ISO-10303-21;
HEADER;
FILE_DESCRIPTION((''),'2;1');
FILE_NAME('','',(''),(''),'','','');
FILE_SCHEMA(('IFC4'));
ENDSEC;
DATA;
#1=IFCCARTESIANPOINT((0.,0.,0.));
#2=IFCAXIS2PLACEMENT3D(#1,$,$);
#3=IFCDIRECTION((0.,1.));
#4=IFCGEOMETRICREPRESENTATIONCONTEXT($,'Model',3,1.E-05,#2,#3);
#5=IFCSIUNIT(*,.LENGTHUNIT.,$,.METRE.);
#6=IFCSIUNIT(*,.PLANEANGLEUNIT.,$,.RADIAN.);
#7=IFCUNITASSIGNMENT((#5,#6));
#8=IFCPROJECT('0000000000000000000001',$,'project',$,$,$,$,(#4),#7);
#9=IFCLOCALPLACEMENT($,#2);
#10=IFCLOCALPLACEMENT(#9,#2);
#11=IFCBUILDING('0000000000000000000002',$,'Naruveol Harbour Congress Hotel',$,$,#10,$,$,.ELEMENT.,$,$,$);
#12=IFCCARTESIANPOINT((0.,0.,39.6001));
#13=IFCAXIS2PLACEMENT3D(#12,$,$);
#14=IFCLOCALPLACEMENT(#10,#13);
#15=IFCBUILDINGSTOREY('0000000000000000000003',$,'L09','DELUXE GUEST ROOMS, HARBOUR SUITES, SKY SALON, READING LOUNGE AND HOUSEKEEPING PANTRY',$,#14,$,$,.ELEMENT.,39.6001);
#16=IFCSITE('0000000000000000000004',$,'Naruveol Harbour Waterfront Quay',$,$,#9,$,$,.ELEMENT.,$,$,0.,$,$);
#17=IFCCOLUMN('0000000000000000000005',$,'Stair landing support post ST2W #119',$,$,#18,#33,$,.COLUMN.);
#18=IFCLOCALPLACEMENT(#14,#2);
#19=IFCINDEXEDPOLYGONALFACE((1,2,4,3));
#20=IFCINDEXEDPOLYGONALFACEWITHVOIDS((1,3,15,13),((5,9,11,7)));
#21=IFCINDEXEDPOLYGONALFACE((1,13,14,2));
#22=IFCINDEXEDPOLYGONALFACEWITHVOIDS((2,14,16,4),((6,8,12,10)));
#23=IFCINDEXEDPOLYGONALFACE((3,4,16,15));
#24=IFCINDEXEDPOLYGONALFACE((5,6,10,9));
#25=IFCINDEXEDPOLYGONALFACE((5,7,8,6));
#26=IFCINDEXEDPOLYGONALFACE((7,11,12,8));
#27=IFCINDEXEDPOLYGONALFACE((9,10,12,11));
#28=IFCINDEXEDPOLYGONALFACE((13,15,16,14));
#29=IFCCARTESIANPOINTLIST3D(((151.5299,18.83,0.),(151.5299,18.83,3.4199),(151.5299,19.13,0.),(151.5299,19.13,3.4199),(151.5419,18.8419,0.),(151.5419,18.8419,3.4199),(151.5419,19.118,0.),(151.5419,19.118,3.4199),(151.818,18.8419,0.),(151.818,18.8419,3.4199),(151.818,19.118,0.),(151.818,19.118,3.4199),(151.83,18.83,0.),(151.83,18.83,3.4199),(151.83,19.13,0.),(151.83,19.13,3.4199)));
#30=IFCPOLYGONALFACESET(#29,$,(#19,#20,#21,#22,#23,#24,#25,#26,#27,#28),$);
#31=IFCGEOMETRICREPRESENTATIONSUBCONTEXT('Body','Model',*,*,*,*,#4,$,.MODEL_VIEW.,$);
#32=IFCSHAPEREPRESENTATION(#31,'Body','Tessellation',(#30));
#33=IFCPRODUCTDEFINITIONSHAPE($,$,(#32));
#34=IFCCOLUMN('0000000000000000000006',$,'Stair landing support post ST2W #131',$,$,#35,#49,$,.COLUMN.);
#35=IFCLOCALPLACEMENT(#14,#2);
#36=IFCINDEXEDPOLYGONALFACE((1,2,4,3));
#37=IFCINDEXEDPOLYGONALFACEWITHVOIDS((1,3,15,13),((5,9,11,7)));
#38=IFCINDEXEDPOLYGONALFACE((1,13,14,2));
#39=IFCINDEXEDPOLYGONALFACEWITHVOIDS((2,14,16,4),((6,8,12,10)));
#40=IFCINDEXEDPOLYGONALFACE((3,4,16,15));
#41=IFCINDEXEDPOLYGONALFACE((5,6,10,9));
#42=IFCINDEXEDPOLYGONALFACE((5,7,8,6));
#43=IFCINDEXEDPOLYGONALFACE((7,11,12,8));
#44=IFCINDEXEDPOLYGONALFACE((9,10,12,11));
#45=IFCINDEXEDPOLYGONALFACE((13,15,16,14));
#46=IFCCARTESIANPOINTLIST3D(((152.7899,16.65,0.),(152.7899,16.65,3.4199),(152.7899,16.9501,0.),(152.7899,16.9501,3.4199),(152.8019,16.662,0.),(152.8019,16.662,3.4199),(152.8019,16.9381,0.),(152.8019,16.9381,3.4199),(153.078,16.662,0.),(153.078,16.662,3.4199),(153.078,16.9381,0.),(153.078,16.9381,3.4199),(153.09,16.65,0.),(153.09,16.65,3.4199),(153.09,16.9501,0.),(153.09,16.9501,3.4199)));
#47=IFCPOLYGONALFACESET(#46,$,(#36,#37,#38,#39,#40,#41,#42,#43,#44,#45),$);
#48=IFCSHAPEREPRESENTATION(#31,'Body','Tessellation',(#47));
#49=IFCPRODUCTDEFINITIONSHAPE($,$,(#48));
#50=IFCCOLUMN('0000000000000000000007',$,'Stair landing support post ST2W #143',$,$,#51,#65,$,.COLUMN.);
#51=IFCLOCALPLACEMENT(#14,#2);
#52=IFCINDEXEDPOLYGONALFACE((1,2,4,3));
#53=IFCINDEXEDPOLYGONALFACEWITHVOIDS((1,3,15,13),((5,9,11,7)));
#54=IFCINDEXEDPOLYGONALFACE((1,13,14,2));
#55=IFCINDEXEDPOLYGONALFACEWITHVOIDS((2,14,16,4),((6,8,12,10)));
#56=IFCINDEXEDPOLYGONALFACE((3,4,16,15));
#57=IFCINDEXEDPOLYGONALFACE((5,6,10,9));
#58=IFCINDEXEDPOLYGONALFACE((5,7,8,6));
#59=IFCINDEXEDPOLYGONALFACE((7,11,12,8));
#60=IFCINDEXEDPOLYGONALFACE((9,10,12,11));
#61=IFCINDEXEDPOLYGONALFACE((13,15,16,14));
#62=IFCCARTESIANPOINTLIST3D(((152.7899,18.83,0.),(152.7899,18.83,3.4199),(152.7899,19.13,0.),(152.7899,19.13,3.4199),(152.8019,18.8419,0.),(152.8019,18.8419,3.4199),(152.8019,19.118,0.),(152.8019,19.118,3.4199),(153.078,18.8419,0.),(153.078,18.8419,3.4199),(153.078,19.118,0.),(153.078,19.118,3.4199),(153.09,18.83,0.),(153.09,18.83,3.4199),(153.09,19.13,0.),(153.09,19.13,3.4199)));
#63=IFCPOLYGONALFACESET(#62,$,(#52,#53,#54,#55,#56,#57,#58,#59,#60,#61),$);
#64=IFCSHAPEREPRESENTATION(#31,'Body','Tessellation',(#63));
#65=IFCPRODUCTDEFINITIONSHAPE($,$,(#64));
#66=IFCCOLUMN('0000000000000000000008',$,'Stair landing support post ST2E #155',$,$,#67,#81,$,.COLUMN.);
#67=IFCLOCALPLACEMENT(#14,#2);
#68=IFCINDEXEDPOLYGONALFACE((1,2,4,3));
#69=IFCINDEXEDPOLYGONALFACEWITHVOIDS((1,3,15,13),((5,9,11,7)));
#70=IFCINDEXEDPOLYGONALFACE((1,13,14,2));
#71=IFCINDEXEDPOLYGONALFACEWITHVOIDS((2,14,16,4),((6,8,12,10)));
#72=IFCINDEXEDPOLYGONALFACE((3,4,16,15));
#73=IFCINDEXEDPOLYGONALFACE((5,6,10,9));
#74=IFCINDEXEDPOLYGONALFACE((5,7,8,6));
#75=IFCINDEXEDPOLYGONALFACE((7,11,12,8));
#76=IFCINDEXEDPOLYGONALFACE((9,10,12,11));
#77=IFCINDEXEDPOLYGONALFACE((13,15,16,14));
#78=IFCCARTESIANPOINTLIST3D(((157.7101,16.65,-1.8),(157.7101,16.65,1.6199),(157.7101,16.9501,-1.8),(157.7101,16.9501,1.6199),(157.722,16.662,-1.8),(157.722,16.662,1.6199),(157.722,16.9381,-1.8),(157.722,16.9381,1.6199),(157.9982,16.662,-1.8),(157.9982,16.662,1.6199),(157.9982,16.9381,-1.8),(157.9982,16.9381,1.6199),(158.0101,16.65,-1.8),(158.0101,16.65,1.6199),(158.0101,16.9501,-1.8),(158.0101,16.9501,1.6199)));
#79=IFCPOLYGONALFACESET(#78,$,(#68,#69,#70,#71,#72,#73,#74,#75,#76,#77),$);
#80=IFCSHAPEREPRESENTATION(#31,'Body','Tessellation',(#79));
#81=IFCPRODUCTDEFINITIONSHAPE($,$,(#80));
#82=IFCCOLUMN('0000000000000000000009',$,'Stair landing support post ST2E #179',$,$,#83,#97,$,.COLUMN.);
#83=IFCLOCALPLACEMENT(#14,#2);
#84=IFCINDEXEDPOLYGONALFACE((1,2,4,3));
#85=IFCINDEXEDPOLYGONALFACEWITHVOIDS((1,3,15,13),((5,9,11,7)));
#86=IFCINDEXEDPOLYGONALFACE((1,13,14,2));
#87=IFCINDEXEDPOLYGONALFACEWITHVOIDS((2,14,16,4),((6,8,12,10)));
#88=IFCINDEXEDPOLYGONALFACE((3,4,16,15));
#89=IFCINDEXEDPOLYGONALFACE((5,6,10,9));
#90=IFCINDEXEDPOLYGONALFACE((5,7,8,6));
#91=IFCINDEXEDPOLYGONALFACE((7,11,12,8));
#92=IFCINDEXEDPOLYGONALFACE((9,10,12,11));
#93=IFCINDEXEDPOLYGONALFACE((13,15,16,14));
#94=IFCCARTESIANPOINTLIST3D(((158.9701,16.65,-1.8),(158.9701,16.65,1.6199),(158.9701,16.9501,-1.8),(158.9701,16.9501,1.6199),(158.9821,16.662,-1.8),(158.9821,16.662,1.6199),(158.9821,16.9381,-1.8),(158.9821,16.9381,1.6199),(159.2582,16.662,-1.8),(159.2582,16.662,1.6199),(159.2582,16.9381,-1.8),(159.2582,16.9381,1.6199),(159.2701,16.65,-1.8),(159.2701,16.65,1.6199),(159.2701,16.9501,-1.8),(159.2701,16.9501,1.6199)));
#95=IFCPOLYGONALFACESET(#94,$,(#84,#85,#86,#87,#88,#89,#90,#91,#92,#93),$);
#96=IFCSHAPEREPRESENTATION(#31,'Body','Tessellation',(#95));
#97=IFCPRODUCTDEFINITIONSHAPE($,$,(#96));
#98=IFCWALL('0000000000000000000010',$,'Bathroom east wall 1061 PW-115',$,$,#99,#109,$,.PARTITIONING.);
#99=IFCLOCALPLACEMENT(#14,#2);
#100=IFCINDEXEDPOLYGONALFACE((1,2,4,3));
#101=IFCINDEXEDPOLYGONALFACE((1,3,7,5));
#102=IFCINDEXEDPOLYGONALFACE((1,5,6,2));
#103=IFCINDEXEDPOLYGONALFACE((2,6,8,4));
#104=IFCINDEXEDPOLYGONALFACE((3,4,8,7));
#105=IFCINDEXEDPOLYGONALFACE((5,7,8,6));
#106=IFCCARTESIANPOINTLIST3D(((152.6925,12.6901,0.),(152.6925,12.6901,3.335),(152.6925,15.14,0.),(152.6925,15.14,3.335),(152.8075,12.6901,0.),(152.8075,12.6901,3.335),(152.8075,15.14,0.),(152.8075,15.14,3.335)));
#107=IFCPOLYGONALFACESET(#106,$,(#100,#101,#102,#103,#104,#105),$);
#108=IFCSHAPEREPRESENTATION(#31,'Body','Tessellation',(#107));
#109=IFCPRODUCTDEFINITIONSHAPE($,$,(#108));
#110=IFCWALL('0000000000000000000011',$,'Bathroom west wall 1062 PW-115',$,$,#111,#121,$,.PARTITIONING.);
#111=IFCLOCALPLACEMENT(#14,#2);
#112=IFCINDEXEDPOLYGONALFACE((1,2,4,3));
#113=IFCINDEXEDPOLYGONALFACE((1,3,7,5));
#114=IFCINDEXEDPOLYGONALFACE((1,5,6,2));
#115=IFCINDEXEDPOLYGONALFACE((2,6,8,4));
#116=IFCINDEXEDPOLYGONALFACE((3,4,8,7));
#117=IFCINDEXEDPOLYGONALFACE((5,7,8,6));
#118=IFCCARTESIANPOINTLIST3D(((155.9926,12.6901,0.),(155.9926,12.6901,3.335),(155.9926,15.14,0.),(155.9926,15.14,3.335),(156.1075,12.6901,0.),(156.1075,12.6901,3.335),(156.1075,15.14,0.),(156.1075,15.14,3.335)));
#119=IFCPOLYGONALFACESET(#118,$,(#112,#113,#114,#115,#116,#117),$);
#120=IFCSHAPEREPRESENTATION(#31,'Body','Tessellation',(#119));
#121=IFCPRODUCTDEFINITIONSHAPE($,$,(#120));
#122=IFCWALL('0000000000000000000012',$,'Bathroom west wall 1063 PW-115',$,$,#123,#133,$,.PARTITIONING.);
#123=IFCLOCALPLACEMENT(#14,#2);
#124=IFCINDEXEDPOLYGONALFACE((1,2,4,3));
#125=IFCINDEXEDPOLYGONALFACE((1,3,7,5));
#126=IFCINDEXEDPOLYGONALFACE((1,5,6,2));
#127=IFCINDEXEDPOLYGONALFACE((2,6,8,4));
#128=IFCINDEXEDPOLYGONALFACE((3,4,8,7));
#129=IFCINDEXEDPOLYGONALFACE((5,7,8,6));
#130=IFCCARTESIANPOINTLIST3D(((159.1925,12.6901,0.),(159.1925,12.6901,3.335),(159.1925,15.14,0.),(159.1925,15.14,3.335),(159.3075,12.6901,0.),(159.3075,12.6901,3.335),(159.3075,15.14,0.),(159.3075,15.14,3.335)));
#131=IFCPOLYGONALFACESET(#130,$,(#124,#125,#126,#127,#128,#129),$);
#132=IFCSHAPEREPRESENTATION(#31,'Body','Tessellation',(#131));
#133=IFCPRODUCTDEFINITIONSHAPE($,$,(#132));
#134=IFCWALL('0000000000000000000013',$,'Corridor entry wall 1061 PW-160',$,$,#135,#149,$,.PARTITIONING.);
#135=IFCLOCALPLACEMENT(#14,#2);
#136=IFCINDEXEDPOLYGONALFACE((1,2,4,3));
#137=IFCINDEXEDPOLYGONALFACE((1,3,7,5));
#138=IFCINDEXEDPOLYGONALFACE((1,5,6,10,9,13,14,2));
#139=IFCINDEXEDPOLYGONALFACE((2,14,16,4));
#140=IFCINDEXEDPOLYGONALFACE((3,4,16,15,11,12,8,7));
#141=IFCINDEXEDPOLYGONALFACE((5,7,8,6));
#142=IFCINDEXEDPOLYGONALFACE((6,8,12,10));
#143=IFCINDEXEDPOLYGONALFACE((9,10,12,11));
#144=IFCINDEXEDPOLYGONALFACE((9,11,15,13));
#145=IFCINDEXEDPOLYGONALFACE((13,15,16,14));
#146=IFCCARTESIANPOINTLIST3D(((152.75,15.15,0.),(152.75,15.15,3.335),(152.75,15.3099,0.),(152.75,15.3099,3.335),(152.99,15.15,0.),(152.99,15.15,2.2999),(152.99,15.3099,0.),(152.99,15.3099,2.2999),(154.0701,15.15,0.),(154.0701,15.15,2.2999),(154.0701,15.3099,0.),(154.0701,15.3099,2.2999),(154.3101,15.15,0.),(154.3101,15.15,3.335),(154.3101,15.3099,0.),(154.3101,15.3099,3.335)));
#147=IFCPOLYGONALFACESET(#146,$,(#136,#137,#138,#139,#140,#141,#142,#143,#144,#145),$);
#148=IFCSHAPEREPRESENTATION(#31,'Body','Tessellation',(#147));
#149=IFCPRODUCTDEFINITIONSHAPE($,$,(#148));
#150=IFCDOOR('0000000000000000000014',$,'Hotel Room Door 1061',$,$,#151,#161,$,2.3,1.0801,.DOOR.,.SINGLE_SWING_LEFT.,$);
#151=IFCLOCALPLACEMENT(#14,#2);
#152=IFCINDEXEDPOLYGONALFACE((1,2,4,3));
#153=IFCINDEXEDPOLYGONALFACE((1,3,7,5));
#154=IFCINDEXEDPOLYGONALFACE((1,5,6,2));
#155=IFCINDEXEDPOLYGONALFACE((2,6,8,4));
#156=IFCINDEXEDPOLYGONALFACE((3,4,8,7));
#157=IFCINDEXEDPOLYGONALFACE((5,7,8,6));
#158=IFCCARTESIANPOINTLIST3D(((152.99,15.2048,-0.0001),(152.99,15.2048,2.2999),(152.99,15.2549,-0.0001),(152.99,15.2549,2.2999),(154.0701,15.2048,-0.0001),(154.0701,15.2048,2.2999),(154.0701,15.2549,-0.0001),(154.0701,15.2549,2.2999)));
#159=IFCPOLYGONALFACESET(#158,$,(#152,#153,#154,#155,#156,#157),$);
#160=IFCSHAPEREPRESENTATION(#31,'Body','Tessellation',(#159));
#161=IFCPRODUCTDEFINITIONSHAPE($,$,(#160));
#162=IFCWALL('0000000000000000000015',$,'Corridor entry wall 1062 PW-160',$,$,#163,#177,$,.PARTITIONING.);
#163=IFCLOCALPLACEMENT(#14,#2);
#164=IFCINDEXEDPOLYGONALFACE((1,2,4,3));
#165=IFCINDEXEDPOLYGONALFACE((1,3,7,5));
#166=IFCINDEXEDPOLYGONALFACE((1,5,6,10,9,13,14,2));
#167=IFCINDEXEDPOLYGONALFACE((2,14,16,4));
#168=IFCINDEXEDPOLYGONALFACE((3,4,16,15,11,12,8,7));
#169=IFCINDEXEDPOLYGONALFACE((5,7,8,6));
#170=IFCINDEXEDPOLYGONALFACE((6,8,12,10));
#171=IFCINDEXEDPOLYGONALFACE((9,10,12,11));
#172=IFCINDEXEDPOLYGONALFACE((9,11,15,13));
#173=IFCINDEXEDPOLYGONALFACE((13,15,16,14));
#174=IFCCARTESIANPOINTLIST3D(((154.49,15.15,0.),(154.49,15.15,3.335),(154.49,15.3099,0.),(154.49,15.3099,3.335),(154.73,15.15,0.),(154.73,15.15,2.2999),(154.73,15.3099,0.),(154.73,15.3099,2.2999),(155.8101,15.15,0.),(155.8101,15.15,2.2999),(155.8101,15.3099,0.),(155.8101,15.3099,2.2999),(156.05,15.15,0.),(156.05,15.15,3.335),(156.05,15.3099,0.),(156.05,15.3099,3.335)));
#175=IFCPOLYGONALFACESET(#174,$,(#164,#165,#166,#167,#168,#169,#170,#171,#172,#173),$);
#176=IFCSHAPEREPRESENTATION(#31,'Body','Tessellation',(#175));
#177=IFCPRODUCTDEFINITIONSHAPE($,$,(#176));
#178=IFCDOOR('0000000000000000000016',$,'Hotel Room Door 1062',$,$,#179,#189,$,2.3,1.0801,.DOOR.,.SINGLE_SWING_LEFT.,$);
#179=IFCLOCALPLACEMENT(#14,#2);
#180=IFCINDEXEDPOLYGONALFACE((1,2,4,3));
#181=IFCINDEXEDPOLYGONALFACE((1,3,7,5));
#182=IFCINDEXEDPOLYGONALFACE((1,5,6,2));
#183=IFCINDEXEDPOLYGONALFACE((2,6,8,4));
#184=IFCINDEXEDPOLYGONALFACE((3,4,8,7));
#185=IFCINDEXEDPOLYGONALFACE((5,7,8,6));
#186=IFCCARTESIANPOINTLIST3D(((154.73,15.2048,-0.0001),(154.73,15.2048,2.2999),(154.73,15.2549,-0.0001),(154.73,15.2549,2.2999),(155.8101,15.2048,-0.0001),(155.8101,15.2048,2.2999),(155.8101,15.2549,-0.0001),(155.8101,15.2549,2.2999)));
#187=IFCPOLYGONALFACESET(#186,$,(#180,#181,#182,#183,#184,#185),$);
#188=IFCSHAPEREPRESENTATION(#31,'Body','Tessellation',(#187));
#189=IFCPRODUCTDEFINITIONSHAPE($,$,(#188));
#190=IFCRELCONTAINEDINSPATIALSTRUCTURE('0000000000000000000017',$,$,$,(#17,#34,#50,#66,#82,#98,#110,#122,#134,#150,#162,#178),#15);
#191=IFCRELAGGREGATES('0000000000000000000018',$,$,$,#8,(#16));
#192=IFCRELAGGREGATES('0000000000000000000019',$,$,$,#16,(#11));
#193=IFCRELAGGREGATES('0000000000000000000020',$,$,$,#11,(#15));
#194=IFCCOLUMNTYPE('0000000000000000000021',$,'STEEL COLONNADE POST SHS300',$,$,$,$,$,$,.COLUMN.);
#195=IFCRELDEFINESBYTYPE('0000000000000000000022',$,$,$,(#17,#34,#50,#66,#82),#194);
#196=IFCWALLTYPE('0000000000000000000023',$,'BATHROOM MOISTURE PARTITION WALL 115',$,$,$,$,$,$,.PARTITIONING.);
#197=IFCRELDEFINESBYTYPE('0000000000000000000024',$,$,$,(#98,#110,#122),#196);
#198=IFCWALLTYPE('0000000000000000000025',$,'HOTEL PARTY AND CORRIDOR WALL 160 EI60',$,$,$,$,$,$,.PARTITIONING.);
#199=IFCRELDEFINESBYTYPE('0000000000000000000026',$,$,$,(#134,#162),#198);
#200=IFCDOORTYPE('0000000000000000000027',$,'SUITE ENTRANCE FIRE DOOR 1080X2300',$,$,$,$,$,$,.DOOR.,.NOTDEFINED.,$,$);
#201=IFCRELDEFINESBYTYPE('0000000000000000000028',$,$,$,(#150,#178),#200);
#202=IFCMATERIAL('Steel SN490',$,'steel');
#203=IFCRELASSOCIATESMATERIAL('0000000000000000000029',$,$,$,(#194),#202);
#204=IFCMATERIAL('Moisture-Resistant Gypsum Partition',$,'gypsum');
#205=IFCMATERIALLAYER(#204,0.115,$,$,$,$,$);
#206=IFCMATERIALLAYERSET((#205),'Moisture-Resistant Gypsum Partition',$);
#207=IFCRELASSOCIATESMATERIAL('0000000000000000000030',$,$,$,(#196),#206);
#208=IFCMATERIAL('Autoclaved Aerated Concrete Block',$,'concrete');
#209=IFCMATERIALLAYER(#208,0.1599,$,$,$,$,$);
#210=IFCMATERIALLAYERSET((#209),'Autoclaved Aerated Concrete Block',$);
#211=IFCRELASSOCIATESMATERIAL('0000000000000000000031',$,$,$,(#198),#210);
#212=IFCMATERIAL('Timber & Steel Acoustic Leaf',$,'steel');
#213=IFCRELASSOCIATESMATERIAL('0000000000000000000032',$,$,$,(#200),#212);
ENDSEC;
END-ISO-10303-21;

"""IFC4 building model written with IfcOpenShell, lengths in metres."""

from ifc_helpers import new_model, si_unit, direction, frame, frame_2d, origin, origin_2d, place, context, subcontext, project, spatial, rectangle, hollow_rectangle, extrude, material, layer, layer_set, material_profile, profile_set, type_object, element, fill, save


model = new_model("IFC4")

# Units and contexts
model_context = context("Model", 3, precision=1e-05, world=origin(), true_north=direction((0.0, 1.0)))
body_context = subcontext(model_context, "Body", "Model", "MODEL_VIEW")
ifc_project = project(units=[si_unit("LENGTHUNIT", "METRE"), si_unit("PLANEANGLEUNIT", "RADIAN")], contexts=[model_context])

# Site, building, storey
site_placement = place(None, origin())
site = spatial("IfcSite", under=ifc_project, at=site_placement, Name="Naruveol Harbour Waterfront Quay", CompositionType="ELEMENT", RefElevation=0.0)
building_placement = place(site_placement, origin())
building = spatial("IfcBuilding", under=site, at=building_placement, Name="Naruveol Harbour Congress Hotel", CompositionType="ELEMENT")
storey_placement = place(building_placement, frame((0.0, 0.0, 39.6001)))
storey = spatial("IfcBuildingStorey", under=building, at=storey_placement, Name="L09", Description="DELUXE GUEST ROOMS, HARBOUR SUITES, SKY SALON, READING LOUNGE AND HOUSEKEEPING PANTRY", CompositionType="ELEMENT", Elevation=39.6001)

# Columns
ifc_material_1 = material(Name="Steel SN490", Category="steel")
ifc_material_profile = material_profile(ifc_material_1, hollow_rectangle(XDim=0.3, YDim=0.3, WallThickness=0.012, at=origin_2d()), Name="SHS-300x300x12")
ifc_profile_set = profile_set([ifc_material_profile], Name="Steel SN490")
column_type = type_object("IfcColumnType", Name="STEEL COLONNADE POST SHS300", PredefinedType="COLUMN", material=ifc_profile_set)
for number, where, z_axis, x_axis, name in (
    (1, (151.6799, 18.98, 0.0), (0.0, 0.0, 1.0), (1.0, 0.0, 0.0), "Stair landing support post ST2W #119"),
    (2, (152.9399, 16.8, 0.0), (0.0, 0.0, 1.0), (1.0, 0.0, 0.0), "Stair landing support post ST2W #131"),
    (3, (152.9399, 18.98, 0.0), (0.0, 0.0, 1.0), (1.0, 0.0, 0.0), "Stair landing support post ST2W #143"),
    (4, (157.8601, 16.8, -1.8), (0.0, 0.0, 1.0), (1.0, 0.0, 0.0), "Stair landing support post ST2E #155"),
    (5, (159.1201, 16.8, -1.8), (0.0, 0.0, 1.0), (1.0, 0.0, 0.0), "Stair landing support post ST2E #179"),
):
    element("IfcColumn", number, at=place(storey_placement, frame(where, z_axis=z_axis, x_axis=x_axis)), inside=storey, type_object=column_type, Name=name, PredefinedType="COLUMN", context=body_context, shape_type="SweptSolid", body=[
        extrude(hollow_rectangle(XDim=0.3, YDim=0.3, WallThickness=0.012, at=origin_2d()), origin(), (0.0, 0.0, 1.0), 3.4199),
    ])

# Walls
ifc_material_2 = material(Name="Moisture-Resistant Gypsum Partition", Category="gypsum")
ifc_layer_1 = layer(ifc_material_2, 0.115)
ifc_layer_set_1 = layer_set([ifc_layer_1], Name="Moisture-Resistant Gypsum Partition")
wall_type_1 = type_object("IfcWallType", Name="BATHROOM MOISTURE PARTITION WALL 115", PredefinedType="PARTITIONING", material=ifc_layer_set_1)
for number, where, z_axis, x_axis, name in (
    (6, (152.75, 12.6899, 0.0), (0.0, 0.0, 1.0), (0.0, 1.0, 0.0), "Bathroom east wall 1061 PW-115"),
    (7, (156.05, 12.6899, 0.0), (0.0, 0.0, 1.0), (0.0, 1.0, 0.0), "Bathroom west wall 1062 PW-115"),
):
    element("IfcWall", number, at=place(storey_placement, frame(where, z_axis=z_axis, x_axis=x_axis)), inside=storey, type_object=wall_type_1, Name=name, PredefinedType="PARTITIONING", context=body_context, shape_type="SweptSolid", body=[
        extrude(rectangle(XDim=2.45, YDim=0.115, at=frame_2d((1.2251, 0.0))), origin(), (0.0, 0.0, 1.0), 3.335),
    ])

# Wall
wall_1_placement = place(storey_placement, frame((159.25, 12.6899, 0.0), z_axis=(0.0, 0.0, 1.0), x_axis=(0.0, 1.0, 0.0)))
element("IfcWall", 8, at=wall_1_placement, inside=storey, type_object=wall_type_1, Name="Bathroom west wall 1063 PW-115", PredefinedType="PARTITIONING", context=body_context, shape_type="SweptSolid", body=[
    extrude(rectangle(XDim=2.45, YDim=0.115, at=frame_2d((1.2251, 0.0))), origin(), (0.0, 0.0, 1.0), 3.335),
])

# Walls, openings, doors
ifc_material_3 = material(Name="Autoclaved Aerated Concrete Block", Category="concrete")
ifc_layer_2 = layer(ifc_material_3, 0.1599)
ifc_layer_set_2 = layer_set([ifc_layer_2], Name="Autoclaved Aerated Concrete Block")
wall_type_2 = type_object("IfcWallType", Name="HOTEL PARTY AND CORRIDOR WALL 160 EI60", PredefinedType="PARTITIONING", material=ifc_layer_set_2)
wall_2_placement = place(storey_placement, frame((152.75, 15.23, 0.0), z_axis=(0.0, 0.0, 1.0), x_axis=(1.0, 0.0, 0.0)))
wall_2 = element("IfcWall", 9, at=wall_2_placement, inside=storey, type_object=wall_type_2, Name="Corridor entry wall 1061 PW-160", PredefinedType="PARTITIONING", context=body_context, shape_type="SweptSolid", body=[
    extrude(rectangle(XDim=1.5601, YDim=0.1599, at=frame_2d((0.78, 0.0))), origin(), (0.0, 0.0, 1.0), 3.335),
])
opening_1_placement = place(wall_2_placement, frame((0.24, 0.0, 0.0)))
opening_1 = element("IfcOpeningElement", 10, at=opening_1_placement, cuts=wall_2, PredefinedType="OPENING", context=body_context, shape_type="SweptSolid", body=[
    extrude(rectangle(XDim=1.0801, YDim=2.3, at=frame_2d((0.54, 1.1499))), frame((0.0, 0.0898, 0.0), z_axis=(0.0, -1.0, 0.0), x_axis=(1.0, 0.0, 0.0)), (0.0, 0.0, 1.0), 0.1799),
])
ifc_material_4 = material(Name="Timber & Steel Acoustic Leaf", Category="steel")
door_type_1 = type_object("IfcDoorType", Name="SUITE ENTRANCE FIRE DOOR 1080X2300", OperationType="NOTDEFINED", PredefinedType="DOOR", material=ifc_material_4)
door_1_placement = place(opening_1_placement, origin())
door_1 = element("IfcDoor", 11, at=door_1_placement, inside=storey, type_object=door_type_1, Name="Hotel Room Door 1061", OperationType="SINGLE_SWING_LEFT", OverallHeight=2.3, OverallWidth=1.0801, PredefinedType="DOOR", context=body_context, shape_type="SweptSolid", body=[
    extrude(rectangle(XDim=1.0801, YDim=2.3, at=frame_2d((0.54, 1.1499))), frame((0.0, 0.0249, 0.0), z_axis=(0.0, -1.0, 0.0), x_axis=(1.0, 0.0, 0.0)), (0.0, 0.0, 1.0), 0.05),
])
fill(opening_1, door_1)
wall_3_placement = place(storey_placement, frame((154.49, 15.23, 0.0), z_axis=(0.0, 0.0, 1.0), x_axis=(1.0, 0.0, 0.0)))
wall_3 = element("IfcWall", 12, at=wall_3_placement, inside=storey, type_object=wall_type_2, Name="Corridor entry wall 1062 PW-160", PredefinedType="PARTITIONING", context=body_context, shape_type="SweptSolid", body=[
    extrude(rectangle(XDim=1.5601, YDim=0.1599, at=frame_2d((0.78, 0.0))), origin(), (0.0, 0.0, 1.0), 3.335),
])
opening_2_placement = place(wall_3_placement, frame((0.24, 0.0, 0.0)))
opening_2 = element("IfcOpeningElement", 13, at=opening_2_placement, cuts=wall_3, PredefinedType="OPENING", context=body_context, shape_type="SweptSolid", body=[
    extrude(rectangle(XDim=1.0801, YDim=2.3, at=frame_2d((0.54, 1.1499))), frame((0.0, 0.0898, 0.0), z_axis=(0.0, -1.0, 0.0), x_axis=(1.0, 0.0, 0.0)), (0.0, 0.0, 1.0), 0.1799),
])
door_2_placement = place(opening_2_placement, origin())
door_2 = element("IfcDoor", 14, at=door_2_placement, inside=storey, type_object=door_type_1, Name="Hotel Room Door 1062", OperationType="SINGLE_SWING_LEFT", OverallHeight=2.3, OverallWidth=1.0801, PredefinedType="DOOR", context=body_context, shape_type="SweptSolid", body=[
    extrude(rectangle(XDim=1.0801, YDim=2.3, at=frame_2d((0.54, 1.1499))), frame((0.0, 0.0249, 0.0), z_axis=(0.0, -1.0, 0.0), x_axis=(1.0, 0.0, 0.0)), (0.0, 0.0, 1.0), 0.05),
])
fill(opening_2, door_2)

save(model, "model.ifc")
